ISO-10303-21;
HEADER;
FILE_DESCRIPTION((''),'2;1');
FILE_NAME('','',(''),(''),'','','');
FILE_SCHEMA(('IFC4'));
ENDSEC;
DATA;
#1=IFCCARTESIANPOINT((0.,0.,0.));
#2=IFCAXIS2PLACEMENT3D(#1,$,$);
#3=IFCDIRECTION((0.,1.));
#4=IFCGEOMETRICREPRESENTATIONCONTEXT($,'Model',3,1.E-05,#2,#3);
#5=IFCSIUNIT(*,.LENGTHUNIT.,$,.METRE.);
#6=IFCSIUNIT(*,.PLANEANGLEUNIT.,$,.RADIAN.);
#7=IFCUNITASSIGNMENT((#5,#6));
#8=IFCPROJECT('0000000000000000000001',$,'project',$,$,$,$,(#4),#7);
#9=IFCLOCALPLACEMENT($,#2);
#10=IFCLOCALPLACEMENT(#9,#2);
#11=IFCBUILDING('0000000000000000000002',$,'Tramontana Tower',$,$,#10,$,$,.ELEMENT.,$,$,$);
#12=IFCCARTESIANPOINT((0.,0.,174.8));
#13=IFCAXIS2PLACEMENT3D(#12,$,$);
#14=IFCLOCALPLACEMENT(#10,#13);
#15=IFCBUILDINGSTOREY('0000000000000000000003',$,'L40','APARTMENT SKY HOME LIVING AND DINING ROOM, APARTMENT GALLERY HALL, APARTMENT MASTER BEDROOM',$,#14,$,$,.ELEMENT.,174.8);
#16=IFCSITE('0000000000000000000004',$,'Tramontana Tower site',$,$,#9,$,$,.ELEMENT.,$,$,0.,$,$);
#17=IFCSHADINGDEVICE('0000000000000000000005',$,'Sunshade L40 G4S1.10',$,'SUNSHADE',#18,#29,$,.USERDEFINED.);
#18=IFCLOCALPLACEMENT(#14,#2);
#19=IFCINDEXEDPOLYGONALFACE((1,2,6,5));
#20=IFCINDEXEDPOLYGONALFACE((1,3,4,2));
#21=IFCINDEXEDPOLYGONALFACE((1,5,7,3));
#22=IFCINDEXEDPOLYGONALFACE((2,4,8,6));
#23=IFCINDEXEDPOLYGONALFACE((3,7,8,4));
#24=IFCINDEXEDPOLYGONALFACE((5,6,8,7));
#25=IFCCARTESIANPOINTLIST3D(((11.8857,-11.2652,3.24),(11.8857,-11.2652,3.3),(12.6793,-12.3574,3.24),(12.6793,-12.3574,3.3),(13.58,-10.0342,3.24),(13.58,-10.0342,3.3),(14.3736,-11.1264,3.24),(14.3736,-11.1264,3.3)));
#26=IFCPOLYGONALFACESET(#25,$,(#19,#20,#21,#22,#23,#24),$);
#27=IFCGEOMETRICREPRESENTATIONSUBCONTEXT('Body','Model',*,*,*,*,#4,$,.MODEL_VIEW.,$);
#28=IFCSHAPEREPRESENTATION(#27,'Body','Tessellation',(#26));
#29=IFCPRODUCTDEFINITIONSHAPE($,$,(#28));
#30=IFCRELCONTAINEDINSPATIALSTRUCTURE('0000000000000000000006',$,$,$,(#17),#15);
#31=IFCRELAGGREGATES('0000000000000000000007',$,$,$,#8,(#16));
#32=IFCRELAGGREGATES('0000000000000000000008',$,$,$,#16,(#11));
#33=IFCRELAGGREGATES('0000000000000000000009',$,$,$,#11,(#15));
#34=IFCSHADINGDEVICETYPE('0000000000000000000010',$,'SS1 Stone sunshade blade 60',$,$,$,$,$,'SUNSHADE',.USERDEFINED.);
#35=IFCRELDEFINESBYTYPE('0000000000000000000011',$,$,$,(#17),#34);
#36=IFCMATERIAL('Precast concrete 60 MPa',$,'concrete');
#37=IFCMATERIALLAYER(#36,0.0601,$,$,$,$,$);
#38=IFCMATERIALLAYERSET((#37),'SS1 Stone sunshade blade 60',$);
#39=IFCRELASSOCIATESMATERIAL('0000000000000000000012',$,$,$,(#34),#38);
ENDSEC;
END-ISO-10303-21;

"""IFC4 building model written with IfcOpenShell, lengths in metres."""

from ifc_helpers import new_model, si_unit, direction, frame, origin, origin_2d, place, context, subcontext, project, spatial, rectangle, extrude, material, layer, layer_set, type_object, element, save


model = new_model("IFC4")

# Units and contexts
model_context = context("Model", 3, precision=1e-05, world=origin(), true_north=direction((0.0, 1.0)))
body_context = subcontext(model_context, "Body", "Model", "MODEL_VIEW")
ifc_project = project(units=[si_unit("LENGTHUNIT", "METRE"), si_unit("PLANEANGLEUNIT", "RADIAN")], contexts=[model_context])

# Site, building, storey
site_placement = place(None, origin())
site = spatial("IfcSite", under=ifc_project, at=site_placement, Name="Tramontana Tower site", CompositionType="ELEMENT", RefElevation=0.0)
building_placement = place(site_placement, origin())
building = spatial("IfcBuilding", under=site, at=building_placement, Name="Tramontana Tower", CompositionType="ELEMENT")
storey_placement = place(building_placement, frame((0.0, 0.0, 174.8)))
storey = spatial("IfcBuildingStorey", under=building, at=storey_placement, Name="L40", Description="APARTMENT SKY HOME LIVING AND DINING ROOM, APARTMENT GALLERY HALL, APARTMENT MASTER BEDROOM", CompositionType="ELEMENT", Elevation=174.8)

# Shading device
ifc_material_1 = material(Name="Precast concrete 60 MPa", Category="concrete")
ifc_layer_1 = layer(ifc_material_1, 0.0601)
ifc_layer_set_1 = layer_set([ifc_layer_1], Name="SS1 Stone sunshade blade 60")
shading_device_type = type_object("IfcShadingDeviceType", Name="SS1 Stone sunshade blade 60", ElementType="SUNSHADE", PredefinedType="USERDEFINED", material=ifc_layer_set_1)
shading_device_placement = place(storey_placement, frame((13.1296, -11.1958, 3.24), z_axis=(0.0, 0.0, 1.0), x_axis=(0.809017, 0.587785, 0.0)))
element("IfcShadingDevice", 1, at=shading_device_placement, inside=storey, type_object=shading_device_type, Name="Sunshade L40 G4S1.10", ObjectType="SUNSHADE", PredefinedType="USERDEFINED", context=body_context, shape_type="SweptSolid", body=[
    extrude(rectangle(XDim=2.0942, YDim=1.3501, at=origin_2d()), origin(), (0.0, 0.0, 1.0), 0.0601),
])

save(model, "model.ifc")
